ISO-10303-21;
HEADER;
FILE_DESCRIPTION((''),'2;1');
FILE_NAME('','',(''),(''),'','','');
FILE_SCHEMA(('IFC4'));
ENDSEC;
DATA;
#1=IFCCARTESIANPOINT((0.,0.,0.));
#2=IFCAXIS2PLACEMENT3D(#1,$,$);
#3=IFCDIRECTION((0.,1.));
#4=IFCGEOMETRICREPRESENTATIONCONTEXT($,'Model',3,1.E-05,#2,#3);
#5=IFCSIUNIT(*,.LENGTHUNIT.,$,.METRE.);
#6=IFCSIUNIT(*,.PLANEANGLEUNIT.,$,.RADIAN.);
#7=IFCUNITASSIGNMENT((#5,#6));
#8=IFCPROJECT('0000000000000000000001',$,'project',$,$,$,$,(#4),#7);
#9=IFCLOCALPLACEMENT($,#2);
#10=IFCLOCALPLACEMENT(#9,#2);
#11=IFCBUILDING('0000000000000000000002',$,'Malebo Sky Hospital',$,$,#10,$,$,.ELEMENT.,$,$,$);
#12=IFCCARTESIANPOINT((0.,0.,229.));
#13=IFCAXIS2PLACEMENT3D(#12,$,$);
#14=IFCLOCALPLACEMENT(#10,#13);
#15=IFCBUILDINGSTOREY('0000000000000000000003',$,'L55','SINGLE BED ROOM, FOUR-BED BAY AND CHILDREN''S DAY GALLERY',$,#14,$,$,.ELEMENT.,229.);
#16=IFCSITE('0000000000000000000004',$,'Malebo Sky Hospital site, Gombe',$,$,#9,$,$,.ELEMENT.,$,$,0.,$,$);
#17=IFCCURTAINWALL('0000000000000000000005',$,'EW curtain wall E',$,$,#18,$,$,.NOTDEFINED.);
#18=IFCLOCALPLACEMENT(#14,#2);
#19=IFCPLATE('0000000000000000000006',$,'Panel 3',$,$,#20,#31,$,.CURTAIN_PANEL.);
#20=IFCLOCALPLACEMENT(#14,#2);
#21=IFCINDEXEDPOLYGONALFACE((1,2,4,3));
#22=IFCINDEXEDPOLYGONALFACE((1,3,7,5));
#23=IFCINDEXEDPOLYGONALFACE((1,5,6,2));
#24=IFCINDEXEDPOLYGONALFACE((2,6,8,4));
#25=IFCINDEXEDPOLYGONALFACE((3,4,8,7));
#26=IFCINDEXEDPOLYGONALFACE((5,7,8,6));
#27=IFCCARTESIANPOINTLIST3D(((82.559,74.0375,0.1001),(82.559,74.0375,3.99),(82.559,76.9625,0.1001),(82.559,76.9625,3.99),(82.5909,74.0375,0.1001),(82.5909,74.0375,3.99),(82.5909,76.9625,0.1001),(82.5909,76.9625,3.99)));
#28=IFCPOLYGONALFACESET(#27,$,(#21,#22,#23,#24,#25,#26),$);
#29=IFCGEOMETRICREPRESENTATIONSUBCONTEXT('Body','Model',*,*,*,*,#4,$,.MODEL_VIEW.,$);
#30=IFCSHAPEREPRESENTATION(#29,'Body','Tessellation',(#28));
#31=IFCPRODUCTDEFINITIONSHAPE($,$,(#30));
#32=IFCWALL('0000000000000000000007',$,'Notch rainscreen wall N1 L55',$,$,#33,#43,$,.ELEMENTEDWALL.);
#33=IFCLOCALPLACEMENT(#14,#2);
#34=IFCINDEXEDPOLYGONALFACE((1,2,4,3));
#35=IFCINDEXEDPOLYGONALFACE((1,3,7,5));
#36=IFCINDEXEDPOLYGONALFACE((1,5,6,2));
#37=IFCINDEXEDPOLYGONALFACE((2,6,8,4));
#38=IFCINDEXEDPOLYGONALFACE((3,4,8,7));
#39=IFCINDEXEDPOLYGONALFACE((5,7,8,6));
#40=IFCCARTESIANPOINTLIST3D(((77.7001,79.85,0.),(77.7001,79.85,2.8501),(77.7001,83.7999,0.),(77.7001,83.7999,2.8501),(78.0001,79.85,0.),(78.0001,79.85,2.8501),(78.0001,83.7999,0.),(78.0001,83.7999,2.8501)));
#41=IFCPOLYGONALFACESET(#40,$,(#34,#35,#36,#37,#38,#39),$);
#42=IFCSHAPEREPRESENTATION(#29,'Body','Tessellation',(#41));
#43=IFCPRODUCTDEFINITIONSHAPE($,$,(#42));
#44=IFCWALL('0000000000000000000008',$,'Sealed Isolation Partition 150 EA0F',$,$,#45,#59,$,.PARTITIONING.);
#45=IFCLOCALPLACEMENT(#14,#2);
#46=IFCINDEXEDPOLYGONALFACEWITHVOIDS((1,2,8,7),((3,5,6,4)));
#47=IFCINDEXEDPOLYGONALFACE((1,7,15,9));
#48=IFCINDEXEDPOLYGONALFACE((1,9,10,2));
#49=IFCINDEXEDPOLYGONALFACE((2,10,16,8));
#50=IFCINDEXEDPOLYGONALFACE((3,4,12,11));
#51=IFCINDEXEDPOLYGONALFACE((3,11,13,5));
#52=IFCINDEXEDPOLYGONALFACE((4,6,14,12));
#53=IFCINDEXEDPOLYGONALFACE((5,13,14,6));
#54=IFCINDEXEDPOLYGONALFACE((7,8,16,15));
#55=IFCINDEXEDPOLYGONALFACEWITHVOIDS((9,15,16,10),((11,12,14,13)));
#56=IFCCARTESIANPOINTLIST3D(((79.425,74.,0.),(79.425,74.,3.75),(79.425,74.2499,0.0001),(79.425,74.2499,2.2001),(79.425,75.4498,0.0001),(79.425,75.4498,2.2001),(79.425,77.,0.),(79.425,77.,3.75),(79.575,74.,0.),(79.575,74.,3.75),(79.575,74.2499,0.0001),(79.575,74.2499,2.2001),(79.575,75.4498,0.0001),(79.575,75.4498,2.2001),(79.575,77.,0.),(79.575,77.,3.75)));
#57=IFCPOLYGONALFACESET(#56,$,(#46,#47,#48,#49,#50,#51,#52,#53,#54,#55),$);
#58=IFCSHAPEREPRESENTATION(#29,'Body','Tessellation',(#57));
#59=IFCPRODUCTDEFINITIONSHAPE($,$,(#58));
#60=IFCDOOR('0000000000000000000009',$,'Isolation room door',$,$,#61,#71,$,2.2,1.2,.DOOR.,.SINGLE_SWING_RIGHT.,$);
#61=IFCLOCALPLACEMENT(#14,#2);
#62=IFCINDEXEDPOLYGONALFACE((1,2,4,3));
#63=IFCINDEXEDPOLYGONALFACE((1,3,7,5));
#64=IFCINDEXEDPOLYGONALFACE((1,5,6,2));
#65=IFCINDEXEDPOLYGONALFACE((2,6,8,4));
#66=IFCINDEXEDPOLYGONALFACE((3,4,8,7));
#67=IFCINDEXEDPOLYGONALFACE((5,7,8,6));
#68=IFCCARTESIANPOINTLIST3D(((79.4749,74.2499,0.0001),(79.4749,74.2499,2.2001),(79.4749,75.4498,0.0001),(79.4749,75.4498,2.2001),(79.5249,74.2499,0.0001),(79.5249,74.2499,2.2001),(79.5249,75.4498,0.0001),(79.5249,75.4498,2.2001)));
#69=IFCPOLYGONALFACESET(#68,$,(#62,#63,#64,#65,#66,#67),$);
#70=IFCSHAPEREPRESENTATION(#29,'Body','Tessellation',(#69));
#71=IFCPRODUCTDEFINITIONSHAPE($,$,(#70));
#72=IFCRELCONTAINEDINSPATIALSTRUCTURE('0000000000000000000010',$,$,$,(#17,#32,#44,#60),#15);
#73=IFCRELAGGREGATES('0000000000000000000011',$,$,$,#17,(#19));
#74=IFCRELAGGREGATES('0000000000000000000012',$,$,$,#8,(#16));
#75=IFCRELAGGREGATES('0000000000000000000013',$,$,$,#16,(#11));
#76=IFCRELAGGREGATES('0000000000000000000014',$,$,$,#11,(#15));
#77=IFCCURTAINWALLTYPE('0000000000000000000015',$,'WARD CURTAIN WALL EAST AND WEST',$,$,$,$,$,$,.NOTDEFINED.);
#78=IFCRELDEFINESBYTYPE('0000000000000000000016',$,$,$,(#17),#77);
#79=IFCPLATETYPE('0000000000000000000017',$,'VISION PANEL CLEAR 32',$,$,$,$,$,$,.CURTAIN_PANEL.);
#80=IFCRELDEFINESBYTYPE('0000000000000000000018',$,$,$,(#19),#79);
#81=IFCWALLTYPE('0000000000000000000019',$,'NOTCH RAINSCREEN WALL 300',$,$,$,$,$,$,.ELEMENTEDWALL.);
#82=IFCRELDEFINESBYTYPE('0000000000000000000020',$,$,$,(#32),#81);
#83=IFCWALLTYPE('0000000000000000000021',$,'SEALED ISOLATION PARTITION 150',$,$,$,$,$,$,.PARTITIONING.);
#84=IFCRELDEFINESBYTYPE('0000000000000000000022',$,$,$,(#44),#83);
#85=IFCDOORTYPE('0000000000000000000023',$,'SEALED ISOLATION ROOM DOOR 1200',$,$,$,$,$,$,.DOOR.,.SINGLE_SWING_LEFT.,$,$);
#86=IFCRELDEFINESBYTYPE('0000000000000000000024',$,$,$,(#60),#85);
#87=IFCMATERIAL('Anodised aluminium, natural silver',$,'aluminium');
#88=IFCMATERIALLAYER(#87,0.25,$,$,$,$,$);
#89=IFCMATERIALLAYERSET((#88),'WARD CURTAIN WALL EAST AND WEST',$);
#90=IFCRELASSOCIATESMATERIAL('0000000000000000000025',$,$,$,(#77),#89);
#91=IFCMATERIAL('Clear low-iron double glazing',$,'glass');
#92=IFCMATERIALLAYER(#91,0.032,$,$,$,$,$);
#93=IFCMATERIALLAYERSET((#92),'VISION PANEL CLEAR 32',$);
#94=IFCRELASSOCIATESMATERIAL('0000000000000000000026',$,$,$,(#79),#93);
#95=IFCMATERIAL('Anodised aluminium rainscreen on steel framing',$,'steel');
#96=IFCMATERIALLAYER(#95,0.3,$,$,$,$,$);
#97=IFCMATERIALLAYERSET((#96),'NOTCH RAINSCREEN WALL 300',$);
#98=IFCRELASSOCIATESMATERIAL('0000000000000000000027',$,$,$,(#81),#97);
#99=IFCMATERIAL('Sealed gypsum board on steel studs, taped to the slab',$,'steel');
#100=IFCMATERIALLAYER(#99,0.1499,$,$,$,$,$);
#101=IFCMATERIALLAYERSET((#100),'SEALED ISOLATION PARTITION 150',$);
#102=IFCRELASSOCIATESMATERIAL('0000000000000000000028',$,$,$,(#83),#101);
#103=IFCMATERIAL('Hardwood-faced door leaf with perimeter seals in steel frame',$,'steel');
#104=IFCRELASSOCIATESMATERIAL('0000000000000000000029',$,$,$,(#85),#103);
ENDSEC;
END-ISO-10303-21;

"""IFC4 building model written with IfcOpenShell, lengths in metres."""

from ifc_helpers import new_model, si_unit, direction, frame, frame_2d, origin, origin_2d, place, context, subcontext, project, spatial, rectangle, extrude, material, layer, layer_set, type_object, element, fill, aggregate, save


model = new_model("IFC4")

# Units and contexts
model_context = context("Model", 3, precision=1e-05, world=origin(), true_north=direction((0.0, 1.0)))
body_context = subcontext(model_context, "Body", "Model", "MODEL_VIEW")
ifc_project = project(units=[si_unit("LENGTHUNIT", "METRE"), si_unit("PLANEANGLEUNIT", "RADIAN")], contexts=[model_context])

# Site, building, storey
site_placement = place(None, origin())
site = spatial("IfcSite", under=ifc_project, at=site_placement, Name="Malebo Sky Hospital site, Gombe", CompositionType="ELEMENT", RefElevation=0.0)
building_placement = place(site_placement, origin())
building = spatial("IfcBuilding", under=site, at=building_placement, Name="Malebo Sky Hospital", CompositionType="ELEMENT")
storey_placement = place(building_placement, frame((0.0, 0.0, 229.0)))
storey = spatial("IfcBuildingStorey", under=building, at=storey_placement, Name="L55", Description="SINGLE BED ROOM, FOUR-BED BAY AND CHILDREN'S DAY GALLERY", CompositionType="ELEMENT", Elevation=229.0)

# Curtain wall
ifc_material_1 = material(Name="Anodised aluminium, natural silver", Category="aluminium")
ifc_layer_1 = layer(ifc_material_1, 0.25)
ifc_layer_set_1 = layer_set([ifc_layer_1], Name="WARD CURTAIN WALL EAST AND WEST")
curtain_wall_type = type_object("IfcCurtainWallType", Name="WARD CURTAIN WALL EAST AND WEST", PredefinedType="NOTDEFINED", material=ifc_layer_set_1)
curtain_wall_placement = place(storey_placement, origin())
curtain_wall = element("IfcCurtainWall", 1, at=curtain_wall_placement, inside=storey, type_object=curtain_wall_type, Name="EW curtain wall E", PredefinedType="NOTDEFINED")

# Plate
ifc_material_2 = material(Name="Clear low-iron double glazing", Category="glass")
ifc_layer_2 = layer(ifc_material_2, 0.032)
ifc_layer_set_2 = layer_set([ifc_layer_2], Name="VISION PANEL CLEAR 32")
plate_type = type_object("IfcPlateType", Name="VISION PANEL CLEAR 32", PredefinedType="CURTAIN_PANEL", material=ifc_layer_set_2)
plate_1_placement = place(storey_placement, frame((82.575, 75.5, 0.1001), z_axis=(0.0, 0.0, 1.0), x_axis=(0.0, -1.0, 0.0)))
plate_1 = element("IfcPlate", 2, at=plate_1_placement, type_object=plate_type, Name="Panel 3", PredefinedType="CURTAIN_PANEL", context=body_context, shape_type="SweptSolid", body=[
    extrude(rectangle(XDim=2.925, YDim=0.032, at=origin_2d()), origin(), (0.0, 0.0, 1.0), 3.8899),
])
aggregate(curtain_wall, [plate_1])

# Wall
ifc_material_3 = material(Name="Anodised aluminium rainscreen on steel framing", Category="steel")
ifc_layer_3 = layer(ifc_material_3, 0.3)
ifc_layer_set_3 = layer_set([ifc_layer_3], Name="NOTCH RAINSCREEN WALL 300")
wall_type_1 = type_object("IfcWallType", Name="NOTCH RAINSCREEN WALL 300", PredefinedType="ELEMENTEDWALL", material=ifc_layer_set_3)
wall_1_placement = place(storey_placement, frame((77.8501, 83.8, 0.0), z_axis=(0.0, 0.0, 1.0), x_axis=(0.0, -1.0, 0.0)))
element("IfcWall", 3, at=wall_1_placement, inside=storey, type_object=wall_type_1, Name="Notch rainscreen wall N1 L55", PredefinedType="ELEMENTEDWALL", context=body_context, shape_type="SweptSolid", body=[
    extrude(rectangle(XDim=3.95, YDim=0.3, at=frame_2d((1.9751, 0.0))), origin(), (0.0, 0.0, 1.0), 2.8501),
])

# Wall, opening, door
ifc_material_4 = material(Name="Sealed gypsum board on steel studs, taped to the slab", Category="steel")
ifc_layer_4 = layer(ifc_material_4, 0.1499)
ifc_layer_set_4 = layer_set([ifc_layer_4], Name="SEALED ISOLATION PARTITION 150")
wall_type_2 = type_object("IfcWallType", Name="SEALED ISOLATION PARTITION 150", PredefinedType="PARTITIONING", material=ifc_layer_set_4)
wall_2_placement = place(storey_placement, frame((79.5, 77.0, 0.0), z_axis=(0.0, 0.0, 1.0), x_axis=(0.0, -1.0, 0.0)))
wall_2 = element("IfcWall", 4, at=wall_2_placement, inside=storey, type_object=wall_type_2, Name="Sealed Isolation Partition 150 EA0F", PredefinedType="PARTITIONING", context=body_context, shape_type="SweptSolid", body=[
    extrude(rectangle(XDim=3.0, YDim=0.1499, at=frame_2d((1.5, 0.0))), origin(), (0.0, 0.0, 1.0), 3.75),
])
opening_placement = place(wall_2_placement, frame((1.55, 0.0, 0.0)))
opening = element("IfcOpeningElement", 5, at=opening_placement, cuts=wall_2, PredefinedType="OPENING", context=body_context, shape_type="SweptSolid", body=[
    extrude(rectangle(XDim=1.2, YDim=2.2, at=frame_2d((0.6001, 1.1001))), frame((0.0, 0.085, 0.0), z_axis=(0.0, -1.0, 0.0), x_axis=(1.0, 0.0, 0.0)), (0.0, 0.0, 1.0), 0.1699),
])
ifc_material_5 = material(Name="Hardwood-faced door leaf with perimeter seals in steel frame", Category="steel")
door_type = type_object("IfcDoorType", Name="SEALED ISOLATION ROOM DOOR 1200", OperationType="SINGLE_SWING_LEFT", PredefinedType="DOOR", material=ifc_material_5)
door_placement = place(opening_placement, origin())
door = element("IfcDoor", 6, at=door_placement, inside=storey, type_object=door_type, Name="Isolation room door", OperationType="SINGLE_SWING_RIGHT", OverallHeight=2.2, OverallWidth=1.2, PredefinedType="DOOR", context=body_context, shape_type="SweptSolid", body=[
    extrude(rectangle(XDim=1.2, YDim=2.2, at=frame_2d((0.6001, 1.1001))), frame((0.0, 0.0249, 0.0), z_axis=(0.0, -1.0, 0.0), x_axis=(1.0, 0.0, 0.0)), (0.0, 0.0, 1.0), 0.05),
])
fill(opening, door)

save(model, "model.ifc")
